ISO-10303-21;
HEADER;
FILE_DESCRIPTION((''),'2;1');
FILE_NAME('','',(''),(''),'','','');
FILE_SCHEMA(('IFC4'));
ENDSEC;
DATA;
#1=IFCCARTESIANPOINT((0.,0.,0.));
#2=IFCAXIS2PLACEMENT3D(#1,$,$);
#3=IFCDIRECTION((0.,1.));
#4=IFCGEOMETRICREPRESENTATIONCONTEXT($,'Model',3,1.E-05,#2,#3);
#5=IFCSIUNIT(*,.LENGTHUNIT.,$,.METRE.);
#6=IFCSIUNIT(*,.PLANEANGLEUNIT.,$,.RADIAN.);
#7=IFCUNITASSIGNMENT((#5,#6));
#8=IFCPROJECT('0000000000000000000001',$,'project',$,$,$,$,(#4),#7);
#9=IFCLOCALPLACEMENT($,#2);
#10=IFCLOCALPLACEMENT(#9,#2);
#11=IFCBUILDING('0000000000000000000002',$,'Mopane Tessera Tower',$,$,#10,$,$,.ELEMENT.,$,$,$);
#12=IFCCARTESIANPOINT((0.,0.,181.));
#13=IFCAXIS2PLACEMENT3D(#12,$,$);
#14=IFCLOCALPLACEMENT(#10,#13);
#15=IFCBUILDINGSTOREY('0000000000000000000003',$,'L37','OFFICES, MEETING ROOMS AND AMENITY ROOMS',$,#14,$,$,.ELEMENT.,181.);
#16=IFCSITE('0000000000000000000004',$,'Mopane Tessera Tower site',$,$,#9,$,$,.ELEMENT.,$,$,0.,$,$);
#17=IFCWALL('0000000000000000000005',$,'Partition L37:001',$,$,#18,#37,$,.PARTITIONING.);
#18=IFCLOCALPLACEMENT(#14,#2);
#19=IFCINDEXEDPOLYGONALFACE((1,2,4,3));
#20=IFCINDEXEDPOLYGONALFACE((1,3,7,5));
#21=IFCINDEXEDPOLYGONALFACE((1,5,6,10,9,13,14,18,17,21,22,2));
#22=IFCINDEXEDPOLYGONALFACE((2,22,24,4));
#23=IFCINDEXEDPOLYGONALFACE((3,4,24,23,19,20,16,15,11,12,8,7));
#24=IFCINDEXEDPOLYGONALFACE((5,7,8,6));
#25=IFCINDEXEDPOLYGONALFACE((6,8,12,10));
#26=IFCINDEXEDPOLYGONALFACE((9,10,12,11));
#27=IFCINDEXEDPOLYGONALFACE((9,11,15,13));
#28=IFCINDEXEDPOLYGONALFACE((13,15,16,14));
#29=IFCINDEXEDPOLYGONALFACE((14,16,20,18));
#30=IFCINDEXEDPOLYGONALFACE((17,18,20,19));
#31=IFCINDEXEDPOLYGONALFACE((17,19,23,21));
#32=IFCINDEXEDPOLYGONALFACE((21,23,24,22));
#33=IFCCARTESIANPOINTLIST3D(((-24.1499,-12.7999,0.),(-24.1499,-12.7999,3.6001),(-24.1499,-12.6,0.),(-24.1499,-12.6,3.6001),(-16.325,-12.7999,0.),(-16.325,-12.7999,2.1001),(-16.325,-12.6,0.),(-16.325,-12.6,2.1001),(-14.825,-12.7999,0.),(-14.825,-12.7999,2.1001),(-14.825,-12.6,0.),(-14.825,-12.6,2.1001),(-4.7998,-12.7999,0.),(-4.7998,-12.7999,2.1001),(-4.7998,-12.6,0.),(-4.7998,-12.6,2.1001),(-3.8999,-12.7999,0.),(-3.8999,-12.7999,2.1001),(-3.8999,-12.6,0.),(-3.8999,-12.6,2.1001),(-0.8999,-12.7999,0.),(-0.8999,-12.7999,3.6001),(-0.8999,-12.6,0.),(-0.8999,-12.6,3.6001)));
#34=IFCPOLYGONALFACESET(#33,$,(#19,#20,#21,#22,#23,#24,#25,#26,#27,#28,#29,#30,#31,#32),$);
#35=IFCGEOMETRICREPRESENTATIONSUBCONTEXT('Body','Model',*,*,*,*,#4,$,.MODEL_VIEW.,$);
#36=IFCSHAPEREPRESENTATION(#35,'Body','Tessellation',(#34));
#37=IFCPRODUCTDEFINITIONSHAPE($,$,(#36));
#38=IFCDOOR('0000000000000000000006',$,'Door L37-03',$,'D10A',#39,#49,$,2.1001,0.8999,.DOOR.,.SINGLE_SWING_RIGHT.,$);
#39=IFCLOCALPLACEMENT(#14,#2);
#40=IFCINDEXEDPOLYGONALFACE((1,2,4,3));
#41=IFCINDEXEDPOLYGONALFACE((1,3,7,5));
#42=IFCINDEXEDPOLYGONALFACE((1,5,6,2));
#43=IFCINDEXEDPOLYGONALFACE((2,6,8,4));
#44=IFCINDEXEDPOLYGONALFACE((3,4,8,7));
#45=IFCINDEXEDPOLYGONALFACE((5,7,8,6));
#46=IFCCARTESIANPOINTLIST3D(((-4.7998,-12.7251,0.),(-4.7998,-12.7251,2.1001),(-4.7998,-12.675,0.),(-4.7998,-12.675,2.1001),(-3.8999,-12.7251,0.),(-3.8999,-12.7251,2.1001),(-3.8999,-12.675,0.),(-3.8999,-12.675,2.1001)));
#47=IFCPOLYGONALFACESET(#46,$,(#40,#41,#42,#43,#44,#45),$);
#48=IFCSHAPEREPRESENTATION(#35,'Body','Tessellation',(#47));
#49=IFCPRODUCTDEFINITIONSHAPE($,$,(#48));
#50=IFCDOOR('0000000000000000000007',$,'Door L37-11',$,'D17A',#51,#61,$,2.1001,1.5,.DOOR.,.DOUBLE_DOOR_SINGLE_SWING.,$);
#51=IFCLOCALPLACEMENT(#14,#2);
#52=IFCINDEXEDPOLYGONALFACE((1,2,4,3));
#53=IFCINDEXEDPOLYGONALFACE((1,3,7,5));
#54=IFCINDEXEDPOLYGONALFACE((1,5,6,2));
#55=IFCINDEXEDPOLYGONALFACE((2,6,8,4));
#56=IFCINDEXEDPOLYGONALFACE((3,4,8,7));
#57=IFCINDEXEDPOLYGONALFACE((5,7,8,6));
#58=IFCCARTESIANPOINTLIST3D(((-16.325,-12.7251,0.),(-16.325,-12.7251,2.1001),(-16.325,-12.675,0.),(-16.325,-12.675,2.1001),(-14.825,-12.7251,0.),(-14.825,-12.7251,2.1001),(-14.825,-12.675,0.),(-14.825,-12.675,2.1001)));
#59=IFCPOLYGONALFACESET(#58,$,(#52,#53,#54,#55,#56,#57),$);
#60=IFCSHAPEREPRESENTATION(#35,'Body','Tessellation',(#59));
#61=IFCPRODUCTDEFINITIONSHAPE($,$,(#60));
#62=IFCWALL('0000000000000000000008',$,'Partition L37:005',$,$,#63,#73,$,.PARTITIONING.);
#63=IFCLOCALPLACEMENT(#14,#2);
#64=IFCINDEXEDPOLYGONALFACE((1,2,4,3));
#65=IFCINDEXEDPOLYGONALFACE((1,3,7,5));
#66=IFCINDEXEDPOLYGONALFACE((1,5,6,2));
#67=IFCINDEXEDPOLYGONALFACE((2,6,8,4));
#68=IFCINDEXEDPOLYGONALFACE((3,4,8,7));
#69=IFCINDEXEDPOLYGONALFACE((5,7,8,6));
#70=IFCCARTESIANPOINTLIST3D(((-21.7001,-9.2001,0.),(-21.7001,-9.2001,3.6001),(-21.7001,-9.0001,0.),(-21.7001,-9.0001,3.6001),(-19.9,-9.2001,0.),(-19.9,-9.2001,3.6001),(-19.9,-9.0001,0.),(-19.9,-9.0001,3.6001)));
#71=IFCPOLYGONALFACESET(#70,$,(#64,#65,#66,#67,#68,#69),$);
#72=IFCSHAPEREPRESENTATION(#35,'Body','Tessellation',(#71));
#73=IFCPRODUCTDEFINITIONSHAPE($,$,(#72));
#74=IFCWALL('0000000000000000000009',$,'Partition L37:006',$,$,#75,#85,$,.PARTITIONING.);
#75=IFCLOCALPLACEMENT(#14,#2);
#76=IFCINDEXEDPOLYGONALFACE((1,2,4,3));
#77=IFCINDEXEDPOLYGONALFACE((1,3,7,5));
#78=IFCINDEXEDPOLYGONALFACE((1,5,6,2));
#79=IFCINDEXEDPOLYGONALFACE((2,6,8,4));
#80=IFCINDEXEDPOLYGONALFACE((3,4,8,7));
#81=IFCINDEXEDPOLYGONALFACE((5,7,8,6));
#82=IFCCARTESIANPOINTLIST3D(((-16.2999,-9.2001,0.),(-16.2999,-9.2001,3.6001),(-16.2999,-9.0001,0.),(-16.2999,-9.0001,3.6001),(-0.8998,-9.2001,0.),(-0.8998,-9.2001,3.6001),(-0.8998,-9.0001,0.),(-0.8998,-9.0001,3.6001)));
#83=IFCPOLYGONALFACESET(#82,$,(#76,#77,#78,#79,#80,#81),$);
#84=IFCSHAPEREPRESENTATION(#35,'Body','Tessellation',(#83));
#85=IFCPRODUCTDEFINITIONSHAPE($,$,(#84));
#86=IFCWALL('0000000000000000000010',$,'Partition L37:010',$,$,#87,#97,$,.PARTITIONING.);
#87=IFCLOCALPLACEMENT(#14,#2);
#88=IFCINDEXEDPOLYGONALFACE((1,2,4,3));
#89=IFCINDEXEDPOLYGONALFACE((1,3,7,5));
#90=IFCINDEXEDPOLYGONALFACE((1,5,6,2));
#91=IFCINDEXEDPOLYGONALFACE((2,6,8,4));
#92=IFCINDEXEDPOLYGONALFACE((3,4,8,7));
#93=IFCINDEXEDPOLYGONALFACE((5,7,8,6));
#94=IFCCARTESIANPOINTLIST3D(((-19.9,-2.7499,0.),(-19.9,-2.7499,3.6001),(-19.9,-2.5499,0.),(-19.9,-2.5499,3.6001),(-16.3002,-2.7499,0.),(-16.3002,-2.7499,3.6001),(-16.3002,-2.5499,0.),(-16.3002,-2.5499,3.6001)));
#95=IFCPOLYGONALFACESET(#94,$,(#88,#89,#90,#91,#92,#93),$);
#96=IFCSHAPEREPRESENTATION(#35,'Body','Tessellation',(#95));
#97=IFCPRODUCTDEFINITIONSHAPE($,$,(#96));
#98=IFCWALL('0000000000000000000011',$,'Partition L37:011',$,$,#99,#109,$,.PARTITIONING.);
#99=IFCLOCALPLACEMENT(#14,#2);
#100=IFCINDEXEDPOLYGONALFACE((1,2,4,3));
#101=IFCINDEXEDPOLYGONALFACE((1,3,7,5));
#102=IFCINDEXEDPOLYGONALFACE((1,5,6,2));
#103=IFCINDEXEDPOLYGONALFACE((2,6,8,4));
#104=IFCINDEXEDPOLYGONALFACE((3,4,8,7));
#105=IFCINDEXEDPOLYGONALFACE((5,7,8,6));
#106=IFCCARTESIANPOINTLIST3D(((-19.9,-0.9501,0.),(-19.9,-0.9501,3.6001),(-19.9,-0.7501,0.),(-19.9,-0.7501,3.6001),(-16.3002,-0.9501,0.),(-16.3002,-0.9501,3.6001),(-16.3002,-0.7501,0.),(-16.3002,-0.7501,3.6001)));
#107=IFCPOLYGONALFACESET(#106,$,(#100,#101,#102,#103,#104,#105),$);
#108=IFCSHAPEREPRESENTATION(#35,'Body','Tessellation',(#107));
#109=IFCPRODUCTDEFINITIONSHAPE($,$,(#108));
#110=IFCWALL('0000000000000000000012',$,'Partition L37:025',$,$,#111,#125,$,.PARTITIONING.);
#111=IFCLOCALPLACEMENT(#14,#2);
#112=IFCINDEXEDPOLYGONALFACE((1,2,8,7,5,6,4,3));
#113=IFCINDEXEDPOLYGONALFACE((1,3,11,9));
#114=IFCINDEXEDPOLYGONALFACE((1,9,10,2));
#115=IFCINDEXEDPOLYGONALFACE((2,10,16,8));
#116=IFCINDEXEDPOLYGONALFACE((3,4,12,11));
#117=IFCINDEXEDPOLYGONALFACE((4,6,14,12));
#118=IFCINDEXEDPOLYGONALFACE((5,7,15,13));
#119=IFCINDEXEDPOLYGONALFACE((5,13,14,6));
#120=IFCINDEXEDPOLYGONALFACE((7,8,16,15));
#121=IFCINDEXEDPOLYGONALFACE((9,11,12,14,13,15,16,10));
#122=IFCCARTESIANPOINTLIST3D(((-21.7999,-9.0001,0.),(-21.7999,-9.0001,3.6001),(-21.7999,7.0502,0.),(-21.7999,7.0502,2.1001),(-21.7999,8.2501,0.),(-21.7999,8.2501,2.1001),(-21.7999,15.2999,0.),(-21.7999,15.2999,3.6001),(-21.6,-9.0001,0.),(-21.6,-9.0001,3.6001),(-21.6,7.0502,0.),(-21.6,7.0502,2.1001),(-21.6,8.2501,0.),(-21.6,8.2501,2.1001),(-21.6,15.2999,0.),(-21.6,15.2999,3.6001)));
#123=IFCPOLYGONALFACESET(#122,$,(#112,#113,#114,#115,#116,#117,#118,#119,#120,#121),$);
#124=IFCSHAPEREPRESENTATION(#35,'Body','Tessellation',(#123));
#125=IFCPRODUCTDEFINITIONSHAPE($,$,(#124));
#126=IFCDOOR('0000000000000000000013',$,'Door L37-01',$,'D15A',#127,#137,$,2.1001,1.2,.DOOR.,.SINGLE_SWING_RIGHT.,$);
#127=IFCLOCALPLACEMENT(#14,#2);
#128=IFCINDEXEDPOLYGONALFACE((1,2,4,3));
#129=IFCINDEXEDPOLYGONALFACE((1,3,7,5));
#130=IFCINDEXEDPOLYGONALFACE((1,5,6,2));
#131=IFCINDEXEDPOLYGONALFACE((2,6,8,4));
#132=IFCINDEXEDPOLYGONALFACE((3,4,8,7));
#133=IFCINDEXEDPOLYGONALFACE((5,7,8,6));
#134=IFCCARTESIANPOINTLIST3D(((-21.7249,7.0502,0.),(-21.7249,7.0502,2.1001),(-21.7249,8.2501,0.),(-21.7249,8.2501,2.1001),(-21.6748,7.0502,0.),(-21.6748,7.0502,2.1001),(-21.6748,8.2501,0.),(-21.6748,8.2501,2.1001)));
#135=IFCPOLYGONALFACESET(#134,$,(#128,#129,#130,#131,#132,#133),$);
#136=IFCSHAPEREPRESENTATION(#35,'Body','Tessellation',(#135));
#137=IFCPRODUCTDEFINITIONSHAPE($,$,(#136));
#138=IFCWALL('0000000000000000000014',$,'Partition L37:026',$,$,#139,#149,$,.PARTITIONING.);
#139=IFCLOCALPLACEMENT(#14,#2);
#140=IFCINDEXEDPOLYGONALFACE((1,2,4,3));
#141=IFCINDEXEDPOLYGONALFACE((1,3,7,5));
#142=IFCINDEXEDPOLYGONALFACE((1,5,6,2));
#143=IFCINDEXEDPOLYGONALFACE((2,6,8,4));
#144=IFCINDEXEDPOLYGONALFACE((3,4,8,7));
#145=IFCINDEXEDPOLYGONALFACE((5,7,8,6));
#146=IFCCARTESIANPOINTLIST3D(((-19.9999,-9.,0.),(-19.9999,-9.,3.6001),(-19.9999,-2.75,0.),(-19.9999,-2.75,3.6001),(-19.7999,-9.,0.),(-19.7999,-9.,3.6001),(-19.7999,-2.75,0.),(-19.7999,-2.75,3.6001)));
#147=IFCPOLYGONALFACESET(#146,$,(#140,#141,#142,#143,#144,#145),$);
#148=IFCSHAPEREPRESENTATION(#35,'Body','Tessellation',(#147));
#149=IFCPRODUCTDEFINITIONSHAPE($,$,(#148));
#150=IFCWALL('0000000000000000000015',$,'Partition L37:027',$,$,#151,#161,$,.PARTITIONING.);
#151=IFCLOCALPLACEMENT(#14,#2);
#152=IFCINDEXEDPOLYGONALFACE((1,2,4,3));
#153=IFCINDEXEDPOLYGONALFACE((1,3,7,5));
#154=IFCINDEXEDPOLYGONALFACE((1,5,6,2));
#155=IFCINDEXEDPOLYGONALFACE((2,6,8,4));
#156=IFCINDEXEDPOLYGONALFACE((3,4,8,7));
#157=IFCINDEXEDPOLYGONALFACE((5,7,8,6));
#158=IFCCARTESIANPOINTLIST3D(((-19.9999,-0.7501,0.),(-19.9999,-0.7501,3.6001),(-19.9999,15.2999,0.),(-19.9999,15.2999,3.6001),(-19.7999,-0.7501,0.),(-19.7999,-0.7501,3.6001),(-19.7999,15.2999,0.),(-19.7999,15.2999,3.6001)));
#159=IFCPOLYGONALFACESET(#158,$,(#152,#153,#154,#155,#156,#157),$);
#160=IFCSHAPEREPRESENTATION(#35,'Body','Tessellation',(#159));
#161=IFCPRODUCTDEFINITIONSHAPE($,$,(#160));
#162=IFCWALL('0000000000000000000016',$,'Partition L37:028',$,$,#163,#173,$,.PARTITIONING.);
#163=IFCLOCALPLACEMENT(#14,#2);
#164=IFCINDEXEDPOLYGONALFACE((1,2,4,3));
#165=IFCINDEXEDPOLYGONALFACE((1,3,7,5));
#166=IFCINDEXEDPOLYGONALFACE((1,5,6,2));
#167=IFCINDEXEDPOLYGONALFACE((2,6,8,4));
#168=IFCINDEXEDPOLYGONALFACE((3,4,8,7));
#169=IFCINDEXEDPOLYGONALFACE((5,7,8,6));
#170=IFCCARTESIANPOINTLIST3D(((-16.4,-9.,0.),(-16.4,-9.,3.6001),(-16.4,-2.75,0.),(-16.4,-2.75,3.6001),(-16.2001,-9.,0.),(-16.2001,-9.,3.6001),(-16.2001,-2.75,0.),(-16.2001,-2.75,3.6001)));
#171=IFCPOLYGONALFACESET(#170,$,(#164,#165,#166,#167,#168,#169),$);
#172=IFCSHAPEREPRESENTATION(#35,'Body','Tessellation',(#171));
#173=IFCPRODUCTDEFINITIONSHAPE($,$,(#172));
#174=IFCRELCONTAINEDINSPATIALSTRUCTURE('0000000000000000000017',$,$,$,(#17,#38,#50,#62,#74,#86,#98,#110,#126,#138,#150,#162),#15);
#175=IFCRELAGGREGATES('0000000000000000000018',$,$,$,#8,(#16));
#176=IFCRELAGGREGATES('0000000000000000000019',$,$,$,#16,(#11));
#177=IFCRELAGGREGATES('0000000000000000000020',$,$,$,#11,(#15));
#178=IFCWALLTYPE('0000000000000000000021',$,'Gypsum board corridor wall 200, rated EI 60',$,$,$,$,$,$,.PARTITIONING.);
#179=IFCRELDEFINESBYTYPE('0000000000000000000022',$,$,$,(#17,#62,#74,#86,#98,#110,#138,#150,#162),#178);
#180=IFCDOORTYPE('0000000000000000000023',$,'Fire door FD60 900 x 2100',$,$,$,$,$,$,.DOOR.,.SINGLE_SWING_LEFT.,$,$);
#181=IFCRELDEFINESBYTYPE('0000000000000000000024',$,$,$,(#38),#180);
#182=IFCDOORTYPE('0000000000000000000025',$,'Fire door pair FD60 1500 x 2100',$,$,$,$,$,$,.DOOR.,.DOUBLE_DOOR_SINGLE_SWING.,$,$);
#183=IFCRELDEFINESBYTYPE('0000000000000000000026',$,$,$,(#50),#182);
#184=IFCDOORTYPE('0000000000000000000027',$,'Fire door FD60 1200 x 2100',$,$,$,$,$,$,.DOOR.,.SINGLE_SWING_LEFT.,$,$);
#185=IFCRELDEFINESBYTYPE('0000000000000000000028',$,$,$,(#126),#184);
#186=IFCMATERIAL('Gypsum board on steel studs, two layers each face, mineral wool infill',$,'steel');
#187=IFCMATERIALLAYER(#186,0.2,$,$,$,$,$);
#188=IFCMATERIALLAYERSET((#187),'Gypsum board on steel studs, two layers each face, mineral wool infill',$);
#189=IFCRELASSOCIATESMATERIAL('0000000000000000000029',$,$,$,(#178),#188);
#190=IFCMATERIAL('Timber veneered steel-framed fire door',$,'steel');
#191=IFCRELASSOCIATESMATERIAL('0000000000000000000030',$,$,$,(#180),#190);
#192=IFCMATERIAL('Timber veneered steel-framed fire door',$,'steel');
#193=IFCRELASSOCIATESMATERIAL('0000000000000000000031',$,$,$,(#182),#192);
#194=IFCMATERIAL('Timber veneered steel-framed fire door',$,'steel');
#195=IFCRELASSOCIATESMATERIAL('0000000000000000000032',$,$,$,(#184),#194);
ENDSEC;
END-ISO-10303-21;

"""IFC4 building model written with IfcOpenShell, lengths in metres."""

from ifc_helpers import new_model, si_unit, direction, frame, frame_2d, origin, place, context, subcontext, project, spatial, rectangle, extrude, material, layer, layer_set, type_object, element, fill, save


model = new_model("IFC4")

# Units and contexts
model_context = context("Model", 3, precision=1e-05, world=origin(), true_north=direction((0.0, 1.0)))
body_context = subcontext(model_context, "Body", "Model", "MODEL_VIEW")
ifc_project = project(units=[si_unit("LENGTHUNIT", "METRE"), si_unit("PLANEANGLEUNIT", "RADIAN")], contexts=[model_context])

# Site, building, storey
site_placement = place(None, origin())
site = spatial("IfcSite", under=ifc_project, at=site_placement, Name="Mopane Tessera Tower site", CompositionType="ELEMENT", RefElevation=0.0)
building_placement = place(site_placement, origin())
building = spatial("IfcBuilding", under=site, at=building_placement, Name="Mopane Tessera Tower", CompositionType="ELEMENT")
storey_placement = place(building_placement, frame((0.0, 0.0, 181.0)))
storey = spatial("IfcBuildingStorey", under=building, at=storey_placement, Name="L37", Description="OFFICES, MEETING ROOMS AND AMENITY ROOMS", CompositionType="ELEMENT", Elevation=181.0)

# Wall, openings, doors
ifc_material_1 = material(Name="Gypsum board on steel studs, two layers each face, mineral wool infill", Category="steel")
ifc_layer_1 = layer(ifc_material_1, 0.2)
ifc_layer_set_1 = layer_set([ifc_layer_1], Name="Gypsum board on steel studs, two layers each face, mineral wool infill")
wall_type_1 = type_object("IfcWallType", Name="Gypsum board corridor wall 200, rated EI 60", PredefinedType="PARTITIONING", material=ifc_layer_set_1)
wall_1_placement = place(storey_placement, frame((-24.1499, -12.7, 0.0), z_axis=(0.0, 0.0, 1.0), x_axis=(1.0, 0.0, 0.0)))
wall_1 = element("IfcWall", 1, at=wall_1_placement, inside=storey, type_object=wall_type_1, Name="Partition L37:001", PredefinedType="PARTITIONING", context=body_context, shape_type="SweptSolid", body=[
    extrude(rectangle(XDim=23.25, YDim=0.2, at=frame_2d((11.625, 0.0))), origin(), (0.0, 0.0, 1.0), 3.6001),
])
opening_1_placement = place(wall_1_placement, frame((19.3501, 0.0, 0.0)))
opening_1 = element("IfcOpeningElement", 2, at=opening_1_placement, cuts=wall_1, PredefinedType="OPENING", context=body_context, shape_type="SweptSolid", body=[
    extrude(rectangle(XDim=0.8999, YDim=2.1001, at=frame_2d((0.45, 1.05))), frame((0.0, 0.1121, 0.0), z_axis=(0.0, -1.0, 0.0), x_axis=(1.0, 0.0, 0.0)), (0.0, 0.0, 1.0), 0.2239),
])
opening_2_placement = place(wall_1_placement, frame((7.825, 0.0, 0.0)))
opening_2 = element("IfcOpeningElement", 3, at=opening_2_placement, cuts=wall_1, PredefinedType="OPENING", context=body_context, shape_type="SweptSolid", body=[
    extrude(rectangle(XDim=1.5, YDim=2.1001, at=frame_2d((0.75, 1.05))), frame((0.0, 0.1121, 0.0), z_axis=(0.0, -1.0, 0.0), x_axis=(1.0, 0.0, 0.0)), (0.0, 0.0, 1.0), 0.2239),
])
ifc_material_2 = material(Name="Timber veneered steel-framed fire door", Category="steel")
door_type_1 = type_object("IfcDoorType", Name="Fire door FD60 900 x 2100", OperationType="SINGLE_SWING_LEFT", PredefinedType="DOOR", material=ifc_material_2)
door_1_placement = place(opening_1_placement, origin())
door_1 = element("IfcDoor", 4, at=door_1_placement, inside=storey, type_object=door_type_1, Name="Door L37-03", ObjectType="D10A", OperationType="SINGLE_SWING_RIGHT", OverallHeight=2.1001, OverallWidth=0.8999, PredefinedType="DOOR", context=body_context, shape_type="SweptSolid", body=[
    extrude(rectangle(XDim=0.8999, YDim=2.1001, at=frame_2d((0.45, 1.05))), frame((0.0, 0.0249, 0.0), z_axis=(0.0, -1.0, 0.0), x_axis=(1.0, 0.0, 0.0)), (0.0, 0.0, 1.0), 0.05),
])
fill(opening_1, door_1)
ifc_material_3 = material(Name="Timber veneered steel-framed fire door", Category="steel")
door_type_2 = type_object("IfcDoorType", Name="Fire door pair FD60 1500 x 2100", OperationType="DOUBLE_DOOR_SINGLE_SWING", PredefinedType="DOOR", material=ifc_material_3)
door_2_placement = place(opening_2_placement, origin())
door_2 = element("IfcDoor", 5, at=door_2_placement, inside=storey, type_object=door_type_2, Name="Door L37-11", ObjectType="D17A", OperationType="DOUBLE_DOOR_SINGLE_SWING", OverallHeight=2.1001, OverallWidth=1.5, PredefinedType="DOOR", context=body_context, shape_type="SweptSolid", body=[
    extrude(rectangle(XDim=1.5, YDim=2.1001, at=frame_2d((0.75, 1.05))), frame((0.0, 0.0249, 0.0), z_axis=(0.0, -1.0, 0.0), x_axis=(1.0, 0.0, 0.0)), (0.0, 0.0, 1.0), 0.05),
])
fill(opening_2, door_2)

# Walls
wall_2_placement = place(storey_placement, frame((-21.7, -9.1001, 0.0), z_axis=(0.0, 0.0, 1.0), x_axis=(1.0, 0.0, 0.0)))
element("IfcWall", 6, at=wall_2_placement, inside=storey, type_object=wall_type_1, Name="Partition L37:005", PredefinedType="PARTITIONING", context=body_context, shape_type="SweptSolid", body=[
    extrude(rectangle(XDim=1.8, YDim=0.2, at=frame_2d((0.8999, 0.0))), origin(), (0.0, 0.0, 1.0), 3.6001),
])
wall_3_placement = place(storey_placement, frame((-16.3, -9.1001, 0.0), z_axis=(0.0, 0.0, 1.0), x_axis=(1.0, 0.0, 0.0)))
element("IfcWall", 7, at=wall_3_placement, inside=storey, type_object=wall_type_1, Name="Partition L37:006", PredefinedType="PARTITIONING", context=body_context, shape_type="SweptSolid", body=[
    extrude(rectangle(XDim=15.4001, YDim=0.2, at=frame_2d((7.7002, 0.0))), origin(), (0.0, 0.0, 1.0), 3.6001),
])
for number, where, z_axis, x_axis, name in (
    (8, (-19.8999, -2.6499, 0.0), (0.0, 0.0, 1.0), (1.0, 0.0, 0.0), "Partition L37:010"),
    (9, (-19.8999, -0.8501, 0.0), (0.0, 0.0, 1.0), (1.0, 0.0, 0.0), "Partition L37:011"),
):
    element("IfcWall", number, at=place(storey_placement, frame(where, z_axis=z_axis, x_axis=x_axis)), inside=storey, type_object=wall_type_1, Name=name, PredefinedType="PARTITIONING", context=body_context, shape_type="SweptSolid", body=[
        extrude(rectangle(XDim=3.5999, YDim=0.2, at=frame_2d((1.7998, 0.0))), origin(), (0.0, 0.0, 1.0), 3.6001),
    ])

# Wall, opening, door
wall_4_placement = place(storey_placement, frame((-21.7, -9.0, 0.0), z_axis=(0.0, 0.0, 1.0), x_axis=(0.0, 1.0, 0.0)))
wall_4 = element("IfcWall", 10, at=wall_4_placement, inside=storey, type_object=wall_type_1, Name="Partition L37:025", PredefinedType="PARTITIONING", context=body_context, shape_type="SweptSolid", body=[
    extrude(rectangle(XDim=24.3, YDim=0.2, at=frame_2d((12.1499, 0.0))), origin(), (0.0, 0.0, 1.0), 3.6001),
])
opening_3_placement = place(wall_4_placement, frame((16.05, 0.0, 0.0)))
opening_3 = element("IfcOpeningElement", 11, at=opening_3_placement, cuts=wall_4, PredefinedType="OPENING", context=body_context, shape_type="SweptSolid", body=[
    extrude(rectangle(XDim=1.2, YDim=2.1001, at=frame_2d((0.6001, 1.05))), frame((0.0, 0.1121, 0.0), z_axis=(0.0, -1.0, 0.0), x_axis=(1.0, 0.0, 0.0)), (0.0, 0.0, 1.0), 0.2239),
])
ifc_material_4 = material(Name="Timber veneered steel-framed fire door", Category="steel")
door_type_3 = type_object("IfcDoorType", Name="Fire door FD60 1200 x 2100", OperationType="SINGLE_SWING_LEFT", PredefinedType="DOOR", material=ifc_material_4)
door_3_placement = place(opening_3_placement, origin())
door_3 = element("IfcDoor", 12, at=door_3_placement, inside=storey, type_object=door_type_3, Name="Door L37-01", ObjectType="D15A", OperationType="SINGLE_SWING_RIGHT", OverallHeight=2.1001, OverallWidth=1.2, PredefinedType="DOOR", context=body_context, shape_type="SweptSolid", body=[
    extrude(rectangle(XDim=1.2, YDim=2.1001, at=frame_2d((0.6001, 1.05))), frame((0.0, 0.0249, 0.0), z_axis=(0.0, -1.0, 0.0), x_axis=(1.0, 0.0, 0.0)), (0.0, 0.0, 1.0), 0.05),
])
fill(opening_3, door_3)

# Walls
wall_5_placement = place(storey_placement, frame((-19.8999, -9.0, 0.0), z_axis=(0.0, 0.0, 1.0), x_axis=(0.0, 1.0, 0.0)))
element("IfcWall", 13, at=wall_5_placement, inside=storey, type_object=wall_type_1, Name="Partition L37:026", PredefinedType="PARTITIONING", context=body_context, shape_type="SweptSolid", body=[
    extrude(rectangle(XDim=6.25, YDim=0.2, at=frame_2d((3.125, 0.0))), origin(), (0.0, 0.0, 1.0), 3.6001),
])
wall_6_placement = place(storey_placement, frame((-19.8999, -0.75, 0.0), z_axis=(0.0, 0.0, 1.0), x_axis=(0.0, 1.0, 0.0)))
element("IfcWall", 14, at=wall_6_placement, inside=storey, type_object=wall_type_1, Name="Partition L37:027", PredefinedType="PARTITIONING", context=body_context, shape_type="SweptSolid", body=[
    extrude(rectangle(XDim=16.05, YDim=0.2, at=frame_2d((8.0249, 0.0))), origin(), (0.0, 0.0, 1.0), 3.6001),
])
wall_7_placement = place(storey_placement, frame((-16.3, -9.0, 0.0), z_axis=(0.0, 0.0, 1.0), x_axis=(0.0, 1.0, 0.0)))
element("IfcWall", 15, at=wall_7_placement, inside=storey, type_object=wall_type_1, Name="Partition L37:028", PredefinedType="PARTITIONING", context=body_context, shape_type="SweptSolid", body=[
    extrude(rectangle(XDim=6.25, YDim=0.2, at=frame_2d((3.125, 0.0))), origin(), (0.0, 0.0, 1.0), 3.6001),
])

save(model, "model.ifc")
